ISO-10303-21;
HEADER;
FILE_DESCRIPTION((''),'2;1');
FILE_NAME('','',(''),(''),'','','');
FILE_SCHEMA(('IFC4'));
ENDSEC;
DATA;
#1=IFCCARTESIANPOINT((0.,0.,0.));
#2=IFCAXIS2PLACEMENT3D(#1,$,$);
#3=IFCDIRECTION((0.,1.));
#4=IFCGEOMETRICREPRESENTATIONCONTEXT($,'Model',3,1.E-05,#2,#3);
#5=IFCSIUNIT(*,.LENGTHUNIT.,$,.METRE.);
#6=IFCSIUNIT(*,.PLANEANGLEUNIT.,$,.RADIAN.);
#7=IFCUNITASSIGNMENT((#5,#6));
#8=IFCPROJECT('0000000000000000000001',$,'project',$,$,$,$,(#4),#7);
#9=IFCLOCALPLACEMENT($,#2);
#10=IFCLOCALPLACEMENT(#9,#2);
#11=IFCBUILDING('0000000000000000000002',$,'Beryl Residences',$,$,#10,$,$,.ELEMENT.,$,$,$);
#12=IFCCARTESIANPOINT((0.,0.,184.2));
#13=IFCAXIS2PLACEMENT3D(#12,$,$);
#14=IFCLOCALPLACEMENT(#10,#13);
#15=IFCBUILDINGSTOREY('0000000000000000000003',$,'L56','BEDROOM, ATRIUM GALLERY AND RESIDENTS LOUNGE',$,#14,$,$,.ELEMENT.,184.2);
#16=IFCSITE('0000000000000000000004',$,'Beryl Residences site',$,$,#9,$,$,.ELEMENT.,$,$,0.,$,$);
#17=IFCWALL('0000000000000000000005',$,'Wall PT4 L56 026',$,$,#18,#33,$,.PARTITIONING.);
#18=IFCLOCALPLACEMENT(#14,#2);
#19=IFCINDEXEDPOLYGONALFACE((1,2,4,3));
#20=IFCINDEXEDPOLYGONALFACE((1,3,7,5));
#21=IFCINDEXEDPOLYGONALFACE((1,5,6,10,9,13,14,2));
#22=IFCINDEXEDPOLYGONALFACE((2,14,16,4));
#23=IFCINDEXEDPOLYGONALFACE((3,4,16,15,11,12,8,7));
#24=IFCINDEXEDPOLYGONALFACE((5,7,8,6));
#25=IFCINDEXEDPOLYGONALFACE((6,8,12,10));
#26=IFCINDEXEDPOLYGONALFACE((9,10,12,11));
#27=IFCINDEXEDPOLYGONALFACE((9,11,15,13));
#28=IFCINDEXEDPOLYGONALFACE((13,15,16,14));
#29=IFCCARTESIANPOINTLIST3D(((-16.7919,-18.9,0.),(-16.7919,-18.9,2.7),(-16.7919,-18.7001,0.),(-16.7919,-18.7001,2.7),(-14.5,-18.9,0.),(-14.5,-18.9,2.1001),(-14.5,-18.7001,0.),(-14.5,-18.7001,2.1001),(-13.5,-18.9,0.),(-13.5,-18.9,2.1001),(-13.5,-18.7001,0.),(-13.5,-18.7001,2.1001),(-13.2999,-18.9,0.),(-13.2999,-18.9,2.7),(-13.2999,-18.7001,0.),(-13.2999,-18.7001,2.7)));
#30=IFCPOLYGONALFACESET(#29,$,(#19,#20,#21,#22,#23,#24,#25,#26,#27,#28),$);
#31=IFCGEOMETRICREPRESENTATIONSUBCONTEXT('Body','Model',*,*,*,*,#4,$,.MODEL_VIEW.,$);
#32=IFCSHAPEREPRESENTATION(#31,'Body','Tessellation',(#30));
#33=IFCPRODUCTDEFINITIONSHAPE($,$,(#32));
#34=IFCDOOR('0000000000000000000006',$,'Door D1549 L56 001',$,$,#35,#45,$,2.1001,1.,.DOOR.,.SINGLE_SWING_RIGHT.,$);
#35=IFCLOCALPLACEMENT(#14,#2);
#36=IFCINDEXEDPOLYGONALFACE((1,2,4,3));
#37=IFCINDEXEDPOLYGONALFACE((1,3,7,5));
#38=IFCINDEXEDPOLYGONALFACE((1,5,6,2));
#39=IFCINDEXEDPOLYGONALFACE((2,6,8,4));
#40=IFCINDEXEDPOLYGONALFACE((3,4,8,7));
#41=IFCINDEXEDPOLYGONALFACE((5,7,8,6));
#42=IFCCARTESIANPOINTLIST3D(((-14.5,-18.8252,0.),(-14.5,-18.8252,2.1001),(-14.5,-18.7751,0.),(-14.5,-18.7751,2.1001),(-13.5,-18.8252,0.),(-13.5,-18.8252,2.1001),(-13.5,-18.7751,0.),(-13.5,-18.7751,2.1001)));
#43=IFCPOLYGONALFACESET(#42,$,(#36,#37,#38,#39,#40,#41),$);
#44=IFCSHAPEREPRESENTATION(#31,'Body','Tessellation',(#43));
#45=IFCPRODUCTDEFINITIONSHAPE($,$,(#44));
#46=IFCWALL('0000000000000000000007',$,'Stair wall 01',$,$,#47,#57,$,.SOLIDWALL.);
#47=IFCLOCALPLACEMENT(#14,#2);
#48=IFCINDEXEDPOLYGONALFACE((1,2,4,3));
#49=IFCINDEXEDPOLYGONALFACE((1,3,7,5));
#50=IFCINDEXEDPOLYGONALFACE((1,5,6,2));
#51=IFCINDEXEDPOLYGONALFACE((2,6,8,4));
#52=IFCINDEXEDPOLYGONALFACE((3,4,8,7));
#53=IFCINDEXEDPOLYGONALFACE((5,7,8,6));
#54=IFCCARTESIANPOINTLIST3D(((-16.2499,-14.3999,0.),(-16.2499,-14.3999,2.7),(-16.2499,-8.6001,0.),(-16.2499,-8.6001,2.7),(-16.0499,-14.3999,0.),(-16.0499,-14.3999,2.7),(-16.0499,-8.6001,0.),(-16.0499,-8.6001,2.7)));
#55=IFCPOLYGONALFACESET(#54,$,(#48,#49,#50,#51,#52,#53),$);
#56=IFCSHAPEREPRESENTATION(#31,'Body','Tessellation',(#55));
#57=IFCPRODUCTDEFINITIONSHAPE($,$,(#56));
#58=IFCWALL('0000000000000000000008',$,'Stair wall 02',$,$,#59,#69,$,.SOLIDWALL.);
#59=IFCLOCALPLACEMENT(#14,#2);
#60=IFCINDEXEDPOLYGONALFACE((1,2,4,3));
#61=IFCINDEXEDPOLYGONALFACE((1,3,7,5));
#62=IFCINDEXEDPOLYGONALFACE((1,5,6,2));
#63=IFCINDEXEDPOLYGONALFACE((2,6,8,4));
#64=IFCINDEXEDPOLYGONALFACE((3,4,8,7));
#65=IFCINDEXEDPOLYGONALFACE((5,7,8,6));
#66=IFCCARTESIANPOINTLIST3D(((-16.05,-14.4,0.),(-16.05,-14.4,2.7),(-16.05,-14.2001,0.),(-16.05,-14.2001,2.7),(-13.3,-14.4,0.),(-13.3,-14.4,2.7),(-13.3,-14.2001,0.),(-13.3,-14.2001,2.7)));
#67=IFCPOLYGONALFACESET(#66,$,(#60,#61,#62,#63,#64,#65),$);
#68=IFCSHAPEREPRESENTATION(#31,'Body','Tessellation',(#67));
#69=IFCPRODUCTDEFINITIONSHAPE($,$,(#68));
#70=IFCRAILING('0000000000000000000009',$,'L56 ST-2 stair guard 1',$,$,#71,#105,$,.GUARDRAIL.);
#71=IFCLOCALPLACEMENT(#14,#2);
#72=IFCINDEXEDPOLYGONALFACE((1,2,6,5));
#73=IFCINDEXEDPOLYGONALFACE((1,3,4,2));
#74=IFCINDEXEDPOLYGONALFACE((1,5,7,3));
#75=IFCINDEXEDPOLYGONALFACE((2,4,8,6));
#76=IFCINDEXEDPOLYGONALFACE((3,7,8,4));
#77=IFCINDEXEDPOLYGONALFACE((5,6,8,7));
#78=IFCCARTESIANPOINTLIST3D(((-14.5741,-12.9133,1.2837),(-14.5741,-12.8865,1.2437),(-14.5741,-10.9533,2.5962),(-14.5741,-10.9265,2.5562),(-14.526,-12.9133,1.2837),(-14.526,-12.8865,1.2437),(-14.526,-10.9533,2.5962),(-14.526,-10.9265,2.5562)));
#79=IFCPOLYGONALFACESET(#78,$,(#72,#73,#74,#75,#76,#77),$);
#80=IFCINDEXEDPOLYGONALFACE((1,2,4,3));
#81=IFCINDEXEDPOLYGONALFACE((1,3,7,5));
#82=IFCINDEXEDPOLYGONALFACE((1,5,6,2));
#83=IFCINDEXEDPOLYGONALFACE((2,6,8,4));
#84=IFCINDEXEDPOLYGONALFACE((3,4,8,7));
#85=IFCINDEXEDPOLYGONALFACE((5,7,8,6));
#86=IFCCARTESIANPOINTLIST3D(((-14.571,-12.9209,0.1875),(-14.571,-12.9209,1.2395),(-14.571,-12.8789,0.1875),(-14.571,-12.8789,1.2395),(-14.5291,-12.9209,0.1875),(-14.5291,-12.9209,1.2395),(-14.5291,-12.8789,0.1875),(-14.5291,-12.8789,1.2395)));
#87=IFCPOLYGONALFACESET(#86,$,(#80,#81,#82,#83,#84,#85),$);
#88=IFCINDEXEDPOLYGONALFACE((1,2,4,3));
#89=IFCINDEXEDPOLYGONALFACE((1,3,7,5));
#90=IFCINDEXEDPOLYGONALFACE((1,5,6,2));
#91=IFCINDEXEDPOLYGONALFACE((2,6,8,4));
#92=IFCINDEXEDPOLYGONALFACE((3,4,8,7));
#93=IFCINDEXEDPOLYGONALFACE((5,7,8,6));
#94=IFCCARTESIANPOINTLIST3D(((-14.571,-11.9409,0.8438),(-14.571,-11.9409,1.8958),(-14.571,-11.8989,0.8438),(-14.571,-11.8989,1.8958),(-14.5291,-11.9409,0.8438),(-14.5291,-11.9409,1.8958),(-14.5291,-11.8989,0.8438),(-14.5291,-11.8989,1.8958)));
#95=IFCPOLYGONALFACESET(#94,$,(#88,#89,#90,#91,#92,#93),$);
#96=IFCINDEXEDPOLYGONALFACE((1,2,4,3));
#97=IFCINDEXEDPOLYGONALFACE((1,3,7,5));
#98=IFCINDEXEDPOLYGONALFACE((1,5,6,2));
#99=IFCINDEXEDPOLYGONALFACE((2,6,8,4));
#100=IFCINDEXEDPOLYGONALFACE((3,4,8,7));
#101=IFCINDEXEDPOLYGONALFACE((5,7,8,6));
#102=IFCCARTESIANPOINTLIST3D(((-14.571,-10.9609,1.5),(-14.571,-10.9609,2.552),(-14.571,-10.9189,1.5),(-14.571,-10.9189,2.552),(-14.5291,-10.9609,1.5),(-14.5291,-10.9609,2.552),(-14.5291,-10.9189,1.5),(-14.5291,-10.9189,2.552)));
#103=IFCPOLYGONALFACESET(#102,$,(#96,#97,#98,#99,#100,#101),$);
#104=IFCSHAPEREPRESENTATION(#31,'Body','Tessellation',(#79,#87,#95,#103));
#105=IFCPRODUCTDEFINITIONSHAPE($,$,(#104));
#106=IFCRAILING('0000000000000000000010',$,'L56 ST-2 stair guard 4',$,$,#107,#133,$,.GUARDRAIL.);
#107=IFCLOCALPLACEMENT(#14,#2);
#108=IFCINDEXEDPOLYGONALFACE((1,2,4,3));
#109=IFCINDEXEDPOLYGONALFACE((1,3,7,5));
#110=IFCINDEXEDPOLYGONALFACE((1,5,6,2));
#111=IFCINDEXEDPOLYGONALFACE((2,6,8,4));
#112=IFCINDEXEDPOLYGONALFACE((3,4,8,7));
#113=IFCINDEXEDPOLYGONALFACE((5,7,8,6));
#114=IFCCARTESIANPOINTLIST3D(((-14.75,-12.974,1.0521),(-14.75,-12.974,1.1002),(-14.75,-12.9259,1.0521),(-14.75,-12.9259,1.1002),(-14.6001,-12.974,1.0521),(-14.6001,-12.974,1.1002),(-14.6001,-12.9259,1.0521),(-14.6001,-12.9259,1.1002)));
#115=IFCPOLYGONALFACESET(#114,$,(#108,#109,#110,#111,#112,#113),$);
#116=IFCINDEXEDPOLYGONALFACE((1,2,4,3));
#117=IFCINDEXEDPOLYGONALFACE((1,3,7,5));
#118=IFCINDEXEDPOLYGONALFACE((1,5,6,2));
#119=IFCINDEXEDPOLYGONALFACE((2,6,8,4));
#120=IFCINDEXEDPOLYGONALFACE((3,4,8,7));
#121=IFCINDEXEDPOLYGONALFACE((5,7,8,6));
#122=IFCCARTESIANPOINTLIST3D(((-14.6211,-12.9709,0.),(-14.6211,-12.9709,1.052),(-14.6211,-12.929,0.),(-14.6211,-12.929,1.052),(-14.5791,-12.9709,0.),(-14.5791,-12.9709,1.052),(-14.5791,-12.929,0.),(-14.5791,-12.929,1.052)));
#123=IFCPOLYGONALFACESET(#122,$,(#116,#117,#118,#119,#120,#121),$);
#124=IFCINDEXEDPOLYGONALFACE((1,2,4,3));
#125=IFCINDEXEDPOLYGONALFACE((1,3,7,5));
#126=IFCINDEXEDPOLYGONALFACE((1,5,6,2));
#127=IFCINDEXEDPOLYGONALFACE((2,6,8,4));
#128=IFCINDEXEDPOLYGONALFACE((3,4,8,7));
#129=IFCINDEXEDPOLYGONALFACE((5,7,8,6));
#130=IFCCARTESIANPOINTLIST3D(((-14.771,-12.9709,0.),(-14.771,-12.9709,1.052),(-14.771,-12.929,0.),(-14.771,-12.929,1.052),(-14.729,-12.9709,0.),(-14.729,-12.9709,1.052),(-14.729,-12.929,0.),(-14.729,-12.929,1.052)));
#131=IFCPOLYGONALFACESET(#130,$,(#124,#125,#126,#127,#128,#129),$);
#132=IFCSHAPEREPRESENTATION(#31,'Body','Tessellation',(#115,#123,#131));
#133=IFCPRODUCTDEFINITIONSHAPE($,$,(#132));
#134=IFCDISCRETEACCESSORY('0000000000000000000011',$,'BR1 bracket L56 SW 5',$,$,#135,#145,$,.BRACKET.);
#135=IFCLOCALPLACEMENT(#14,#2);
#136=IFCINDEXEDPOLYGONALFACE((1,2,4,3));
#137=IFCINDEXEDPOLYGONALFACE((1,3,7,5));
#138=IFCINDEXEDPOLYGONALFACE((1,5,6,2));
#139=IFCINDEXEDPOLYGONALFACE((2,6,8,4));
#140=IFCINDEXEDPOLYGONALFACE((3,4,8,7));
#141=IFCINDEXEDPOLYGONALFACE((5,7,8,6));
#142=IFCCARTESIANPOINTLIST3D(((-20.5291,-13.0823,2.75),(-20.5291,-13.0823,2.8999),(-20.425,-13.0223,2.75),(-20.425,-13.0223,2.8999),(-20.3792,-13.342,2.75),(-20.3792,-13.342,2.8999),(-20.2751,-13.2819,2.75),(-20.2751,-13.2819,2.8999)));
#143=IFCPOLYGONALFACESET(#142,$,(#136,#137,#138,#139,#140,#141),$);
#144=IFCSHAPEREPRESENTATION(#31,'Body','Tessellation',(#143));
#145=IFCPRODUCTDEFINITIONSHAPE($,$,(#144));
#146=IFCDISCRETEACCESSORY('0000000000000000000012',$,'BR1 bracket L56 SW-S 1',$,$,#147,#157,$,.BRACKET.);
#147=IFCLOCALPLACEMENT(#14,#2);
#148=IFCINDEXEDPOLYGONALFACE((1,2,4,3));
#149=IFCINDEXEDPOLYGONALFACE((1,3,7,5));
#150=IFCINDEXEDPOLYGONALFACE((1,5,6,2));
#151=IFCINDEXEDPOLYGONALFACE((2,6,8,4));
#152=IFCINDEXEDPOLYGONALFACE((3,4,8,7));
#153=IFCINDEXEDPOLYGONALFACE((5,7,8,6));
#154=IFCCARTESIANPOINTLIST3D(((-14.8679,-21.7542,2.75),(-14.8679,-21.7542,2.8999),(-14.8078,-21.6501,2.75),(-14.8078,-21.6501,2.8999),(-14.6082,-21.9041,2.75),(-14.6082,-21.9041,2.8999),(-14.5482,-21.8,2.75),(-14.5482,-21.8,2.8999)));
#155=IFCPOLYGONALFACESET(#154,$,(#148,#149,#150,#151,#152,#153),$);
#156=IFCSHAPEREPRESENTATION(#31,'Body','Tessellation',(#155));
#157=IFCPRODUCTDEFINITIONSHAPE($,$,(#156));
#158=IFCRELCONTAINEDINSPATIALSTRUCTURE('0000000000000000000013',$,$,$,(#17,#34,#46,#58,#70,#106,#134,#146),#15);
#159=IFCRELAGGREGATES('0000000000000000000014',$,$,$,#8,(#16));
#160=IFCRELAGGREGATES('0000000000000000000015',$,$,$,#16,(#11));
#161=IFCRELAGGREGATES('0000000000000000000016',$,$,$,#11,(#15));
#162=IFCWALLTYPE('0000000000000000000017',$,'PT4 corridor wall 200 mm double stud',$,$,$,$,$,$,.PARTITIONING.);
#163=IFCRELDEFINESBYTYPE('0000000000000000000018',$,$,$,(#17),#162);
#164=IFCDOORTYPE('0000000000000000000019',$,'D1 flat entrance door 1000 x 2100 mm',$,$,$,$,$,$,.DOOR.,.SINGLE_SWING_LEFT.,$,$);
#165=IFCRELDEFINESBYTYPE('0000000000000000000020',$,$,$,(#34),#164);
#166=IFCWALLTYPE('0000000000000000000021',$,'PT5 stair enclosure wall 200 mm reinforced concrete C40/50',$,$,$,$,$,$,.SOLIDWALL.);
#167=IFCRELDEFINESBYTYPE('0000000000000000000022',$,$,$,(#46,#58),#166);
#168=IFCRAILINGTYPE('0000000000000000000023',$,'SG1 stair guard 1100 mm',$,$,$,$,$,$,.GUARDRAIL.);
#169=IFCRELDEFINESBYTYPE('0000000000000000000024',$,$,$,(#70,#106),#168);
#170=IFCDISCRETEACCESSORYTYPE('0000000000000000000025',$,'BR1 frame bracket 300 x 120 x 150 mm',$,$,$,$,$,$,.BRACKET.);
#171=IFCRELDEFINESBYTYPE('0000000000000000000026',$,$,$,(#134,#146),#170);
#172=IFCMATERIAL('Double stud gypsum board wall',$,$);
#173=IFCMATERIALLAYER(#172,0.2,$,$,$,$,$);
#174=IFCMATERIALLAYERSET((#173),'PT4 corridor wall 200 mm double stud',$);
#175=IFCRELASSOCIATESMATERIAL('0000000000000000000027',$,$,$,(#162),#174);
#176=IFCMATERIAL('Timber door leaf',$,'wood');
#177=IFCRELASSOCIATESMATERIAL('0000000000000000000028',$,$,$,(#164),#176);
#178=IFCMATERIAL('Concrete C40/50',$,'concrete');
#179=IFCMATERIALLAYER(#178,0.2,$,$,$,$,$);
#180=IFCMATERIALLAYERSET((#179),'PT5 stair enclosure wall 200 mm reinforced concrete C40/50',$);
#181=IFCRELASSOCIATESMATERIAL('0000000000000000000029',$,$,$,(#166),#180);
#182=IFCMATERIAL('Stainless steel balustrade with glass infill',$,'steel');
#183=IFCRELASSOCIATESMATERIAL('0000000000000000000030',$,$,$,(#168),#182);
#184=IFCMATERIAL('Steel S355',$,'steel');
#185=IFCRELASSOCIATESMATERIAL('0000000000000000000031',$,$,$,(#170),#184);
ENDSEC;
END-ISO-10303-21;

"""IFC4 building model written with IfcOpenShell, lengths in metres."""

from ifc_helpers import new_model, si_unit, direction, frame, frame_2d, origin, origin_2d, place, context, subcontext, project, spatial, polyline, rectangle, outline, extrude, source, transform, mapped, material, layer, layer_set, type_object, type_shapes, element, fill, save


model = new_model("IFC4")

# Units and contexts
model_context = context("Model", 3, precision=1e-05, world=origin(), true_north=direction((0.0, 1.0)))
body_context = subcontext(model_context, "Body", "Model", "MODEL_VIEW")
ifc_project = project(units=[si_unit("LENGTHUNIT", "METRE"), si_unit("PLANEANGLEUNIT", "RADIAN")], contexts=[model_context])

# Site, building, storey
site_placement = place(None, origin())
site = spatial("IfcSite", under=ifc_project, at=site_placement, Name="Beryl Residences site", CompositionType="ELEMENT", RefElevation=0.0)
building_placement = place(site_placement, origin())
building = spatial("IfcBuilding", under=site, at=building_placement, Name="Beryl Residences", CompositionType="ELEMENT")
storey_placement = place(building_placement, frame((0.0, 0.0, 184.2)))
storey = spatial("IfcBuildingStorey", under=building, at=storey_placement, Name="L56", Description="BEDROOM, ATRIUM GALLERY AND RESIDENTS LOUNGE", CompositionType="ELEMENT", Elevation=184.2)

# Wall, opening, door
ifc_material_1 = material(Name="Double stud gypsum board wall")
ifc_layer_1 = layer(ifc_material_1, 0.2)
ifc_layer_set_1 = layer_set([ifc_layer_1], Name="PT4 corridor wall 200 mm double stud")
wall_type_1 = type_object("IfcWallType", Name="PT4 corridor wall 200 mm double stud", PredefinedType="PARTITIONING", material=ifc_layer_set_1)
wall_1_placement = place(storey_placement, frame((-16.792, -18.8, 0.0), z_axis=(0.0, 0.0, 1.0), x_axis=(1.0, 0.0, 0.0)))
wall_1 = element("IfcWall", 1, at=wall_1_placement, inside=storey, type_object=wall_type_1, Name="Wall PT4 L56 026", PredefinedType="PARTITIONING", context=body_context, shape_type="SweptSolid", body=[
    extrude(rectangle(XDim=3.4919, YDim=0.2, at=frame_2d((1.7461, 0.0))), origin(), (0.0, 0.0, 1.0), 2.7),
])
opening_1_placement = place(wall_1_placement, frame((2.292, 0.0, 0.0)))
opening_1 = element("IfcOpeningElement", 2, at=opening_1_placement, cuts=wall_1, PredefinedType="OPENING", context=body_context, shape_type="SweptSolid", body=[
    extrude(rectangle(XDim=1.0, YDim=2.1001, at=frame_2d((0.5, 1.05))), frame((0.0, 0.1099, 0.0), z_axis=(0.0, -1.0, 0.0), x_axis=(1.0, 0.0, 0.0)), (0.0, 0.0, 1.0), 0.22),
])
ifc_material_2 = material(Name="Timber door leaf", Category="wood")
door_type_1 = type_object("IfcDoorType", Name="D1 flat entrance door 1000 x 2100 mm", OperationType="SINGLE_SWING_LEFT", PredefinedType="DOOR", material=ifc_material_2)
door_1_placement = place(opening_1_placement, origin())
door_1 = element("IfcDoor", 3, at=door_1_placement, inside=storey, type_object=door_type_1, Name="Door D1549 L56 001", OperationType="SINGLE_SWING_RIGHT", OverallHeight=2.1001, OverallWidth=1.0, PredefinedType="DOOR", context=body_context, shape_type="SweptSolid", body=[
    extrude(rectangle(XDim=1.0, YDim=2.1001, at=frame_2d((0.5, 1.05))), frame((0.0, 0.0249, 0.0), z_axis=(0.0, -1.0, 0.0), x_axis=(1.0, 0.0, 0.0)), (0.0, 0.0, 1.0), 0.05),
])
fill(opening_1, door_1)

# Walls
ifc_material_3 = material(Name="Concrete C40/50", Category="concrete")
ifc_layer_2 = layer(ifc_material_3, 0.2)
ifc_layer_set_2 = layer_set([ifc_layer_2], Name="PT5 stair enclosure wall 200 mm reinforced concrete C40/50")
wall_type_2 = type_object("IfcWallType", Name="PT5 stair enclosure wall 200 mm reinforced concrete C40/50", PredefinedType="SOLIDWALL", material=ifc_layer_set_2)
wall_2_placement = place(storey_placement, frame((-16.1499, -14.3999, 0.0), z_axis=(0.0, 0.0, 1.0), x_axis=(0.0, 1.0, 0.0)))
element("IfcWall", 4, at=wall_2_placement, inside=storey, type_object=wall_type_2, Name="Stair wall 01", PredefinedType="SOLIDWALL", context=body_context, shape_type="SweptSolid", body=[
    extrude(rectangle(XDim=5.7998, YDim=0.2, at=frame_2d((2.8999, 0.0))), origin(), (0.0, 0.0, 1.0), 2.7),
])
wall_3_placement = place(storey_placement, frame((-16.05, -14.3, 0.0), z_axis=(0.0, 0.0, 1.0), x_axis=(1.0, 0.0, 0.0)))
element("IfcWall", 5, at=wall_3_placement, inside=storey, type_object=wall_type_2, Name="Stair wall 02", PredefinedType="SOLIDWALL", context=body_context, shape_type="SweptSolid", body=[
    extrude(rectangle(XDim=2.75, YDim=0.2, at=frame_2d((1.375, 0.0))), origin(), (0.0, 0.0, 1.0), 2.7),
])

# Railings
ifc_material_4 = material(Name="Stainless steel balustrade with glass infill", Category="steel")
railing_type = type_object("IfcRailingType", Name="SG1 stair guard 1100 mm", PredefinedType="GUARDRAIL", material=ifc_material_4)
railing_1_placement = place(storey_placement, frame((-14.55, -12.8999, 0.1875)))
element("IfcRailing", 6, at=railing_1_placement, inside=storey, type_object=railing_type, Name="L56 ST-2 stair guard 1", PredefinedType="GUARDRAIL", context=body_context, shape_type="SweptSolid", body=[
    extrude(rectangle(XDim=0.0481, YDim=0.0481, at=origin_2d()), frame((0.0, 0.0, 1.0762), z_axis=(0.0, 0.830902, 0.556419), x_axis=(-1.0, 0.0, 0.0)), (0.0, 0.0, 1.0), 2.3589),
    extrude(rectangle(XDim=0.042, YDim=0.042, at=origin_2d()), origin(), (0.0, 0.0, 1.0), 1.052),
    extrude(rectangle(XDim=0.042, YDim=0.042, at=origin_2d()), frame((0.0, 0.98, 0.6562)), (0.0, 0.0, 1.0), 1.052),
    extrude(rectangle(XDim=0.042, YDim=0.042, at=origin_2d()), frame((0.0, 1.96, 1.3125)), (0.0, 0.0, 1.0), 1.052),
])
railing_2_placement = place(storey_placement, frame((-14.6001, -12.95, 0.0)))
element("IfcRailing", 7, at=railing_2_placement, inside=storey, type_object=railing_type, Name="L56 ST-2 stair guard 4", PredefinedType="GUARDRAIL", context=body_context, shape_type="SweptSolid", body=[
    extrude(rectangle(XDim=0.0481, YDim=0.0481, at=origin_2d()), frame((0.0, 0.0, 1.0762), z_axis=(-1.0, 0.0, 0.0), x_axis=(0.0, -1.0, 0.0)), (0.0, 0.0, 1.0), 0.1499),
    extrude(rectangle(XDim=0.042, YDim=0.042, at=origin_2d()), origin(), (0.0, 0.0, 1.0), 1.052),
    extrude(rectangle(XDim=0.042, YDim=0.042, at=origin_2d()), frame((-0.1499, 0.0, 0.0)), (0.0, 0.0, 1.0), 1.052),
])

# Discrete accessories
ifc_material_5 = material(Name="Steel S355", Category="steel")
discrete_accessory_type = type_object("IfcDiscreteAccessoryType", Name="BR1 frame bracket 300 x 120 x 150 mm", PredefinedType="BRACKET", material=ifc_material_5)
shared_shape_1 = source(origin(), body_context, "Body", "SweptSolid", [
    extrude(outline(polyline([(-0.1499, 0.0), (0.1499, 0.0), (0.1499, 0.1201), (-0.1499, 0.1201), (-0.1499, 0.0)])), origin(), (0.0, 0.0, 1.0), 0.1499),
])
type_shapes(discrete_accessory_type, [shared_shape_1])
for number, where, z_axis, x_axis, name in (
    (8, (-20.3501, -13.1521, 2.75), (0.0, 0.0, 1.0), (-0.5, 0.866025, 0.0), "BR1 bracket L56 SW 5"),
    (9, (-14.678, -21.7251, 2.75), (0.0, 0.0, 1.0), (-0.866025, 0.5, 0.0), "BR1 bracket L56 SW-S 1"),
):
    element("IfcDiscreteAccessory", number, at=place(storey_placement, frame(where, z_axis=z_axis, x_axis=x_axis)), inside=storey, type_object=discrete_accessory_type, Name=name, PredefinedType="BRACKET", context=body_context, shape_type="MappedRepresentation", body=[
        mapped(shared_shape_1, transform((0.0, 0.0, 0.0))),
    ])

save(model, "model.ifc")
